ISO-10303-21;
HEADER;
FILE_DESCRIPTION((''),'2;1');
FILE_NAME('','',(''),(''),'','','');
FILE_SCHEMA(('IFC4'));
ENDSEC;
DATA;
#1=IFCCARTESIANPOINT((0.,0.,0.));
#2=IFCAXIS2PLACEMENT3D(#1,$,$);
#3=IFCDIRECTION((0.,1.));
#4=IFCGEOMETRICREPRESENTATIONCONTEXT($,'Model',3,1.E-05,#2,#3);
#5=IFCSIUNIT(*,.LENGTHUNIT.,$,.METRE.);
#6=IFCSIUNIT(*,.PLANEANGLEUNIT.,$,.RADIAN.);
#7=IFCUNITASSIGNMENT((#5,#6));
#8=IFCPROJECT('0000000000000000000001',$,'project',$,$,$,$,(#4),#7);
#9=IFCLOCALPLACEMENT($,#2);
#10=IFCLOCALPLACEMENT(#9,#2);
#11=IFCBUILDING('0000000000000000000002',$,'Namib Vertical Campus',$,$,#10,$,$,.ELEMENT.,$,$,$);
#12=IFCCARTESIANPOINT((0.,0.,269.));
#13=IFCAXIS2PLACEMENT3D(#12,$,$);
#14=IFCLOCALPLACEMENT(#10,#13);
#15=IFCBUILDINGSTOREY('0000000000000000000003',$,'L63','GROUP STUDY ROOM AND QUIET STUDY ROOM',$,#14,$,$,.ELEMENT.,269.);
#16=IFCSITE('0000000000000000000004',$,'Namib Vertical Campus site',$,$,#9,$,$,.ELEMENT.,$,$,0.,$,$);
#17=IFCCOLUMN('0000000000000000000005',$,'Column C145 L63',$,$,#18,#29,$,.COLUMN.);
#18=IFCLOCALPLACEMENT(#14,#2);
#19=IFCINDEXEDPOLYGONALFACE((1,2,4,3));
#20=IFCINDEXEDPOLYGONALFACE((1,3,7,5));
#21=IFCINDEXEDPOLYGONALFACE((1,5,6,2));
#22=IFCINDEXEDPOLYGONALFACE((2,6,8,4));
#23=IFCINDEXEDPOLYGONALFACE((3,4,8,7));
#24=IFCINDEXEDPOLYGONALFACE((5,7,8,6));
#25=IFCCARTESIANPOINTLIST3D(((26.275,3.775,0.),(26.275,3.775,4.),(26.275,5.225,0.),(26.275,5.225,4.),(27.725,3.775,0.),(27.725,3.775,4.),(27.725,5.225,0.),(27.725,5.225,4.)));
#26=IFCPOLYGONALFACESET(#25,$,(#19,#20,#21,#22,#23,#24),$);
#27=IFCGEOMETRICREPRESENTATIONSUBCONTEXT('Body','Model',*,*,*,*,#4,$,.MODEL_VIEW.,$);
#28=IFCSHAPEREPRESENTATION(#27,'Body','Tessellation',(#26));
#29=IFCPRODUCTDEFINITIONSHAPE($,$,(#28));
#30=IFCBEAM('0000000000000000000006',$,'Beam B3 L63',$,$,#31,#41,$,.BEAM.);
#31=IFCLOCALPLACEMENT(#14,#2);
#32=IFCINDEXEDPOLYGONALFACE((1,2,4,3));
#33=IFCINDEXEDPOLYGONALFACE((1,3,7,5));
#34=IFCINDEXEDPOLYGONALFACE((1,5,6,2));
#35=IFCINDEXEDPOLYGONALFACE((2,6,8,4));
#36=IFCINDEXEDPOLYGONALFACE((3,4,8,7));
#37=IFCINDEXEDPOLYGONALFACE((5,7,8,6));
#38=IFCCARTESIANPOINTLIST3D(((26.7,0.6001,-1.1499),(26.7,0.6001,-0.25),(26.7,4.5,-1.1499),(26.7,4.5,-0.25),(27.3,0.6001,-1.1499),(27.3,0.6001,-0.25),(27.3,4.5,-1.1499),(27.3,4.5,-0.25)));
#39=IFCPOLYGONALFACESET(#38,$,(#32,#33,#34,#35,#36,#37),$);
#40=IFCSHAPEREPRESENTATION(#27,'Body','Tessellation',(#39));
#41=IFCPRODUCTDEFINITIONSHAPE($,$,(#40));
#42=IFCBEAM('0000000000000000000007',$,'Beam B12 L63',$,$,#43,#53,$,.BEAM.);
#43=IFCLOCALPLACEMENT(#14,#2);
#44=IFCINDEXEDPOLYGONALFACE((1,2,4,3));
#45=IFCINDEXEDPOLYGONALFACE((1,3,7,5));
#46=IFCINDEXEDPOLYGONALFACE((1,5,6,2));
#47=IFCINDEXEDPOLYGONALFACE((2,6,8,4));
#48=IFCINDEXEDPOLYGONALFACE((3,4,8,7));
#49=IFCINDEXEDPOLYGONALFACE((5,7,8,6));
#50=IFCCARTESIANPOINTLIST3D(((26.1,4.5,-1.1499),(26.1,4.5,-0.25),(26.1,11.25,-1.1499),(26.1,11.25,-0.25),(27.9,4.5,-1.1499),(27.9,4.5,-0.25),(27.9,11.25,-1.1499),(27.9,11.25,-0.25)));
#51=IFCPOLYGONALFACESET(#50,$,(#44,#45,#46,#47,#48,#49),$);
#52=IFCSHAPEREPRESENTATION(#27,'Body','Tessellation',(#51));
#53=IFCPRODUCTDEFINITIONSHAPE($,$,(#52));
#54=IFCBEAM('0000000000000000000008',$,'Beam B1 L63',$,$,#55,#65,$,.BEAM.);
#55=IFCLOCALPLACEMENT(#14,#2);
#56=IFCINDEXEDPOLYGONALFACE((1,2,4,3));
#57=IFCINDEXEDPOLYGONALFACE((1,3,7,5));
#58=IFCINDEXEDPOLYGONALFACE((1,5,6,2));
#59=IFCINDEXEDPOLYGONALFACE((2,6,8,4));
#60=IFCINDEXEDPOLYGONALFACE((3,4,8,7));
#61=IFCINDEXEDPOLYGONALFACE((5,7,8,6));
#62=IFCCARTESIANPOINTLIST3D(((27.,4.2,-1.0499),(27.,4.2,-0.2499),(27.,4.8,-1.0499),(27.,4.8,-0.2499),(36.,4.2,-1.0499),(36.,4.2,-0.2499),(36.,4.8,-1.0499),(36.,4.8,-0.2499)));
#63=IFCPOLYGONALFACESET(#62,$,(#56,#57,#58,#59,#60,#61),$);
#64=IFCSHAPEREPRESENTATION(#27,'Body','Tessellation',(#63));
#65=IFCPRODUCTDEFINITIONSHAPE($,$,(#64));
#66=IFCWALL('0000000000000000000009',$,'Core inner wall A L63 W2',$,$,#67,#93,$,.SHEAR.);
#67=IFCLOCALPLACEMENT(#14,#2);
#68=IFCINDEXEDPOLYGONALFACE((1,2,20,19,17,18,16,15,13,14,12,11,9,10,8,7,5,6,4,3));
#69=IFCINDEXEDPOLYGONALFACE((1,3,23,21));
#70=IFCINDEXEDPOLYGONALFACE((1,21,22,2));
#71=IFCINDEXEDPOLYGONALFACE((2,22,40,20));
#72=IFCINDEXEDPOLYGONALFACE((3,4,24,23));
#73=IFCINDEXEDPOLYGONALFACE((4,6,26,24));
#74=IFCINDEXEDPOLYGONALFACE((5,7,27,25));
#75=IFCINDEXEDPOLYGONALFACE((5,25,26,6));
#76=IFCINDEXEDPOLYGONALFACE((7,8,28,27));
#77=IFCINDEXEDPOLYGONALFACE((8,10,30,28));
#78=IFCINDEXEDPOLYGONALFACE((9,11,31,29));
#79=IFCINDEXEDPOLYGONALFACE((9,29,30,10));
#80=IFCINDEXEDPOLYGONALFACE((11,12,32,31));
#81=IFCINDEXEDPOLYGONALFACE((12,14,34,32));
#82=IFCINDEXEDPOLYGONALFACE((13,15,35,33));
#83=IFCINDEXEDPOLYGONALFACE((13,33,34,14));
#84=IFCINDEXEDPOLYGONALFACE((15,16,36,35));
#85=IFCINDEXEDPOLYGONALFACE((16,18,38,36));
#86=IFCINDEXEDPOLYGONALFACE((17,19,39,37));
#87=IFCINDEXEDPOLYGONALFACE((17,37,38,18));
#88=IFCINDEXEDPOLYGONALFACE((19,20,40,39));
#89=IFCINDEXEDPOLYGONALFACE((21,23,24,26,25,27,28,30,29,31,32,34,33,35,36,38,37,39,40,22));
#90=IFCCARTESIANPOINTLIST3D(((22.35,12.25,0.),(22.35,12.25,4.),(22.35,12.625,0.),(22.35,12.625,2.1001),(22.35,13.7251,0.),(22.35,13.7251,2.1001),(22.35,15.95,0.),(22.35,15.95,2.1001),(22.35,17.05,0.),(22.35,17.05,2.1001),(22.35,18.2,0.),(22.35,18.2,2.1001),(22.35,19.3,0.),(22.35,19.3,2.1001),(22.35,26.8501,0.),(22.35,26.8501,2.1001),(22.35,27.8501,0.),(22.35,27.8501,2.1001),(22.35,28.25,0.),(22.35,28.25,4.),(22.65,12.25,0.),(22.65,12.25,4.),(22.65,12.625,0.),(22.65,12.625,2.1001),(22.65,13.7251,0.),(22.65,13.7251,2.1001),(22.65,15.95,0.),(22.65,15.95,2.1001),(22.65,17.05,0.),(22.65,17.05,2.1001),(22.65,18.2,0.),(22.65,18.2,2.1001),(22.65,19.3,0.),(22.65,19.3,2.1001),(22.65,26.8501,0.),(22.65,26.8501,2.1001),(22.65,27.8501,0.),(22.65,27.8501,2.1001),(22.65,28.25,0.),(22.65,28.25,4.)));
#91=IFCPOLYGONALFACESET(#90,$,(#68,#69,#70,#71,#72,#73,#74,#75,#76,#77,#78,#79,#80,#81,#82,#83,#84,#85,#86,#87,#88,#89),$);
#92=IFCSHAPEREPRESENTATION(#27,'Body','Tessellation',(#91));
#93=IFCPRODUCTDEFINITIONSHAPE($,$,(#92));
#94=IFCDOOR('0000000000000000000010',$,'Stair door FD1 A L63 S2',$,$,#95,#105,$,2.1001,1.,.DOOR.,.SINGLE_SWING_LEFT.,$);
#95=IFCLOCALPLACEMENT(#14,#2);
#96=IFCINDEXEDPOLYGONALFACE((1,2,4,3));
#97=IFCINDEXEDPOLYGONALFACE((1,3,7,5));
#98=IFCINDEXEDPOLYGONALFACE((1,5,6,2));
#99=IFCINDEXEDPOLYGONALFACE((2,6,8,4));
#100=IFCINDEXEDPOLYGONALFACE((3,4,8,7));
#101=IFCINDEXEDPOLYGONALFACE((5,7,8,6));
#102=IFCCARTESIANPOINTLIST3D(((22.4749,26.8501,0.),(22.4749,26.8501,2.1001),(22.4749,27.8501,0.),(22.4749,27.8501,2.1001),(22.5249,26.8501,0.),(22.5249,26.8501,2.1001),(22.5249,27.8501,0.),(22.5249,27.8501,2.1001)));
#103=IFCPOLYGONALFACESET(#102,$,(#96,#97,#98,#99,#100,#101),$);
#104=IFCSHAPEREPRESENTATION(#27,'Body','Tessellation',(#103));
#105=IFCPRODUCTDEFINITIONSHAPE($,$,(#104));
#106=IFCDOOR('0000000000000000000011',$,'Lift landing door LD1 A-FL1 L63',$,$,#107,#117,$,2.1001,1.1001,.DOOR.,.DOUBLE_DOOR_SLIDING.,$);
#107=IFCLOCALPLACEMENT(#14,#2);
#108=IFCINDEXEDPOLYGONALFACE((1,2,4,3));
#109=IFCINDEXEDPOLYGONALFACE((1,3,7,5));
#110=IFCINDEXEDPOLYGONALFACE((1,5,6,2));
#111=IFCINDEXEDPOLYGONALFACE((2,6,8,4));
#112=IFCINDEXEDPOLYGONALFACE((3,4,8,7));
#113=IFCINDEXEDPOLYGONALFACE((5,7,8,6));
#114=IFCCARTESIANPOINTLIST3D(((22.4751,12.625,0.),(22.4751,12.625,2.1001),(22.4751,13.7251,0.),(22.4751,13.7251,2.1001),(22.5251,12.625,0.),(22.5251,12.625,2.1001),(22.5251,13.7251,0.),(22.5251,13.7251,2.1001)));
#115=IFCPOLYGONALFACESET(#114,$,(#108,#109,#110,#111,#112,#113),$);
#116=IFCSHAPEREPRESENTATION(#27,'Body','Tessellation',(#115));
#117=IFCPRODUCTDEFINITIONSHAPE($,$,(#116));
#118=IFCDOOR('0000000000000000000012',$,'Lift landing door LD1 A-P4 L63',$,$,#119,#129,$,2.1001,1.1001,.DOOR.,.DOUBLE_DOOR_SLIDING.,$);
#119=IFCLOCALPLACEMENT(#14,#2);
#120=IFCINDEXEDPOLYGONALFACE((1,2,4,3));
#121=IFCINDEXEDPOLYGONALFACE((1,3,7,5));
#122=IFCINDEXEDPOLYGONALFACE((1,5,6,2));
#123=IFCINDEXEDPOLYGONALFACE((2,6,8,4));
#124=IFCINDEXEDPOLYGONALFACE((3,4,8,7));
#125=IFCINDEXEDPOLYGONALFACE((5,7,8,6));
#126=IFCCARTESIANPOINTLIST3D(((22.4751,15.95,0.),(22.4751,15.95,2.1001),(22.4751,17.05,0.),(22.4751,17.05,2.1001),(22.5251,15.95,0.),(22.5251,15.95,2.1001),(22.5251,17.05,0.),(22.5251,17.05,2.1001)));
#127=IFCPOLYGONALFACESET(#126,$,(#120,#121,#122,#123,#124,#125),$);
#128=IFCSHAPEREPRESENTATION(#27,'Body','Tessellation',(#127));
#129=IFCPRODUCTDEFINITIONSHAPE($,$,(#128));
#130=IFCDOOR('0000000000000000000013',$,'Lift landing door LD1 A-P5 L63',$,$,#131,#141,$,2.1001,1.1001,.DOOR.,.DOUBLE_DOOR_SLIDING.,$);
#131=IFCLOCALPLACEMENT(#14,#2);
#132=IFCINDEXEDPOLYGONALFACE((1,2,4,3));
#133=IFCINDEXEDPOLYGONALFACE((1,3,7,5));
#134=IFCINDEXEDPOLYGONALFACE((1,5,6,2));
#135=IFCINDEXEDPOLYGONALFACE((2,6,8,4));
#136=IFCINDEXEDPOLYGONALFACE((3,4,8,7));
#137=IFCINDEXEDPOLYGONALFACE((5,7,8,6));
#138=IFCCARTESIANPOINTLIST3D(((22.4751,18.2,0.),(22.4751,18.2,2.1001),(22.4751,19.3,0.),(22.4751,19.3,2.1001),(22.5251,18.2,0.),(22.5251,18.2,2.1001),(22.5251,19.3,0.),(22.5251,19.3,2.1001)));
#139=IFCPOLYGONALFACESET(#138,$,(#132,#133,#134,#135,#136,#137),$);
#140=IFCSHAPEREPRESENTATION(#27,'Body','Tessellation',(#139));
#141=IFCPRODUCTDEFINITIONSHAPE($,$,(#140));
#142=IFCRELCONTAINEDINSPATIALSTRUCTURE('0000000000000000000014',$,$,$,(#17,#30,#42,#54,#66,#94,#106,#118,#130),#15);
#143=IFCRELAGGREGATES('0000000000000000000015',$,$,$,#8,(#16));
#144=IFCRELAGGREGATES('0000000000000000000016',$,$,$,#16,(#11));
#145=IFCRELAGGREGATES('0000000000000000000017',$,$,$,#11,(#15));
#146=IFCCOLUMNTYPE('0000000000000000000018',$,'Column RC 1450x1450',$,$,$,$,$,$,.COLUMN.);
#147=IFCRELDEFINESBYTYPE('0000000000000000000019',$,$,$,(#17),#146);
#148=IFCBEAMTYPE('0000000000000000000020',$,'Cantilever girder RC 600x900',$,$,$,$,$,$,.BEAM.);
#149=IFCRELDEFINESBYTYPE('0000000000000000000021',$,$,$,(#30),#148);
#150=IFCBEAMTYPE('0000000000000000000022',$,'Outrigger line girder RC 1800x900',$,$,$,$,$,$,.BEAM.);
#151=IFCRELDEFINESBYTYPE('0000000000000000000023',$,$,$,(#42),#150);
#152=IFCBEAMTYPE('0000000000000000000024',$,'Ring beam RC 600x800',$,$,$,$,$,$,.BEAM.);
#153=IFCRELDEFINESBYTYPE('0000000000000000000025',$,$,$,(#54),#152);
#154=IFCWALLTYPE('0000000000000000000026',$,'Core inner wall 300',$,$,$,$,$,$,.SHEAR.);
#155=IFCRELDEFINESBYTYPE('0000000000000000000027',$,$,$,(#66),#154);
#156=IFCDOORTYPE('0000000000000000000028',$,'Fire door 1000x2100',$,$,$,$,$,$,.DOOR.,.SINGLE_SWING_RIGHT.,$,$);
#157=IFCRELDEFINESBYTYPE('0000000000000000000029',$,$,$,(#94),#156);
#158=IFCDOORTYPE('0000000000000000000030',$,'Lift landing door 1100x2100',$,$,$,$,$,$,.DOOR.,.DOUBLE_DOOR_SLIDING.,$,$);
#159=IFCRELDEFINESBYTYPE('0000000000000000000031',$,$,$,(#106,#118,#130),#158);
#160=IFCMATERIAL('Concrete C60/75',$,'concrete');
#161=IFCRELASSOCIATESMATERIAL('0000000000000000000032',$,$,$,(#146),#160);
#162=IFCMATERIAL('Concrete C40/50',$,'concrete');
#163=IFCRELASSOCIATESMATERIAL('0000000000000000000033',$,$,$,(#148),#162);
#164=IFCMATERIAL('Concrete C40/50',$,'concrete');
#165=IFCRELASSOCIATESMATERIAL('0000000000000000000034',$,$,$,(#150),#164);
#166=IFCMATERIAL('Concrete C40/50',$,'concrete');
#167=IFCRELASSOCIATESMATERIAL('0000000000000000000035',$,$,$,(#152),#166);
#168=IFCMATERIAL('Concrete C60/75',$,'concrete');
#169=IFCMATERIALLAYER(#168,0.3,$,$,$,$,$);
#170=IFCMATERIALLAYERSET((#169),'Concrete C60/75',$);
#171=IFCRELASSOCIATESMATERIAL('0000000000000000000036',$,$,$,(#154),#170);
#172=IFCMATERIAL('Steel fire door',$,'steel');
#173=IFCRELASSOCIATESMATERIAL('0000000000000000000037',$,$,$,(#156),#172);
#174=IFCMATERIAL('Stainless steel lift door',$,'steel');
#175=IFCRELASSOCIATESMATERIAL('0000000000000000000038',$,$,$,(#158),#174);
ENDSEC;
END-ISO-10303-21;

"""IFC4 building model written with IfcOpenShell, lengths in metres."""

from ifc_helpers import new_model, si_unit, direction, frame, frame_2d, origin, origin_2d, place, context, subcontext, project, spatial, rectangle, extrude, material, layer, layer_set, material_profile, profile_set, type_object, element, fill, save


model = new_model("IFC4")

# Units and contexts
model_context = context("Model", 3, precision=1e-05, world=origin(), true_north=direction((0.0, 1.0)))
body_context = subcontext(model_context, "Body", "Model", "MODEL_VIEW")
ifc_project = project(units=[si_unit("LENGTHUNIT", "METRE"), si_unit("PLANEANGLEUNIT", "RADIAN")], contexts=[model_context])

# Site, building, storey
site_placement = place(None, origin())
site = spatial("IfcSite", under=ifc_project, at=site_placement, Name="Namib Vertical Campus site", CompositionType="ELEMENT", RefElevation=0.0)
building_placement = place(site_placement, origin())
building = spatial("IfcBuilding", under=site, at=building_placement, Name="Namib Vertical Campus", CompositionType="ELEMENT")
storey_placement = place(building_placement, frame((0.0, 0.0, 269.0)))
storey = spatial("IfcBuildingStorey", under=building, at=storey_placement, Name="L63", Description="GROUP STUDY ROOM AND QUIET STUDY ROOM", CompositionType="ELEMENT", Elevation=269.0)

# Column
ifc_material_1 = material(Name="Concrete C60/75", Category="concrete")
ifc_material_profile_1 = material_profile(ifc_material_1, rectangle(XDim=1.45, YDim=1.45, at=origin_2d()))
ifc_profile_set_1 = profile_set([ifc_material_profile_1], Name="Concrete C60/75")
column_type = type_object("IfcColumnType", Name="Column RC 1450x1450", PredefinedType="COLUMN", material=ifc_profile_set_1)
column_placement = place(storey_placement, frame((27.0, 4.5, 0.0), z_axis=(0.0, 0.0, 1.0), x_axis=(1.0, 0.0, 0.0)))
element("IfcColumn", 1, at=column_placement, inside=storey, type_object=column_type, Name="Column C145 L63", PredefinedType="COLUMN", context=body_context, shape_type="SweptSolid", body=[
    extrude(rectangle(XDim=1.45, YDim=1.45, at=origin_2d()), origin(), (0.0, 0.0, 1.0), 4.0),
])

# Beams
ifc_material_2 = material(Name="Concrete C40/50", Category="concrete")
ifc_material_profile_2 = material_profile(ifc_material_2, rectangle(XDim=0.6001, YDim=0.8999, at=origin_2d()))
ifc_profile_set_2 = profile_set([ifc_material_profile_2], Name="Concrete C40/50")
beam_type_1 = type_object("IfcBeamType", Name="Cantilever girder RC 600x900", PredefinedType="BEAM", material=ifc_profile_set_2)
beam_1_placement = place(storey_placement, frame((27.0, 4.5, -0.7), z_axis=(0.0, -1.0, 0.0), x_axis=(1.0, 0.0, 0.0)))
element("IfcBeam", 2, at=beam_1_placement, inside=storey, type_object=beam_type_1, Name="Beam B3 L63", PredefinedType="BEAM", context=body_context, shape_type="SweptSolid", body=[
    extrude(rectangle(XDim=0.6001, YDim=0.8999, at=origin_2d()), origin(), (0.0, 0.0, 1.0), 3.8999),
])
ifc_material_3 = material(Name="Concrete C40/50", Category="concrete")
ifc_material_profile_3 = material_profile(ifc_material_3, rectangle(XDim=1.8, YDim=0.8999, at=origin_2d()))
ifc_profile_set_3 = profile_set([ifc_material_profile_3], Name="Concrete C40/50")
beam_type_2 = type_object("IfcBeamType", Name="Outrigger line girder RC 1800x900", PredefinedType="BEAM", material=ifc_profile_set_3)
beam_2_placement = place(storey_placement, frame((27.0, 4.5, -0.7), z_axis=(0.0, 1.0, 0.0), x_axis=(-1.0, 0.0, 0.0)))
element("IfcBeam", 3, at=beam_2_placement, inside=storey, type_object=beam_type_2, Name="Beam B12 L63", PredefinedType="BEAM", context=body_context, shape_type="SweptSolid", body=[
    extrude(rectangle(XDim=1.8, YDim=0.8999, at=origin_2d()), origin(), (0.0, 0.0, 1.0), 6.75),
])
ifc_material_4 = material(Name="Concrete C40/50", Category="concrete")
ifc_material_profile_4 = material_profile(ifc_material_4, rectangle(XDim=0.6001, YDim=0.8, at=origin_2d()))
ifc_profile_set_4 = profile_set([ifc_material_profile_4], Name="Concrete C40/50")
beam_type_3 = type_object("IfcBeamType", Name="Ring beam RC 600x800", PredefinedType="BEAM", material=ifc_profile_set_4)
beam_3_placement = place(storey_placement, frame((27.0, 4.5, -0.6499), z_axis=(1.0, 0.0, 0.0), x_axis=(0.0, 1.0, 0.0)))
element("IfcBeam", 4, at=beam_3_placement, inside=storey, type_object=beam_type_3, Name="Beam B1 L63", PredefinedType="BEAM", context=body_context, shape_type="SweptSolid", body=[
    extrude(rectangle(XDim=0.6001, YDim=0.8, at=origin_2d()), origin(), (0.0, 0.0, 1.0), 9.0),
])

# Wall, openings, doors
ifc_material_5 = material(Name="Concrete C60/75", Category="concrete")
ifc_layer_1 = layer(ifc_material_5, 0.3)
ifc_layer_set_1 = layer_set([ifc_layer_1], Name="Concrete C60/75")
wall_type_1 = type_object("IfcWallType", Name="Core inner wall 300", PredefinedType="SHEAR", material=ifc_layer_set_1)
wall_1_placement = place(storey_placement, frame((22.5, 12.25, 0.0), z_axis=(0.0, 0.0, 1.0), x_axis=(0.0, 1.0, 0.0)))
wall_1 = element("IfcWall", 5, at=wall_1_placement, inside=storey, type_object=wall_type_1, Name="Core inner wall A L63 W2", PredefinedType="SHEAR", context=body_context, shape_type="SweptSolid", body=[
    extrude(rectangle(XDim=16.0, YDim=0.3, at=frame_2d((8.0, 0.0))), origin(), (0.0, 0.0, 1.0), 4.0),
])
opening_1_placement = place(wall_1_placement, frame((14.6001, 0.0, 0.0)))
opening_1 = element("IfcOpeningElement", 6, at=opening_1_placement, cuts=wall_1, PredefinedType="OPENING", context=body_context, shape_type="SweptSolid", body=[
    extrude(rectangle(XDim=1.0, YDim=2.1001, at=frame_2d((0.5, 1.05))), frame((0.0, 0.1599, 0.0), z_axis=(0.0, -1.0, 0.0), x_axis=(1.0, 0.0, 0.0)), (0.0, 0.0, 1.0), 0.3201),
])
opening_2_placement = place(wall_1_placement, frame((0.375, 0.0, 0.0)))
opening_2 = element("IfcOpeningElement", 7, at=opening_2_placement, cuts=wall_1, PredefinedType="OPENING", context=body_context, shape_type="SweptSolid", body=[
    extrude(rectangle(XDim=1.1001, YDim=2.1001, at=frame_2d((0.55, 1.05))), frame((0.0, 0.1599, 0.0), z_axis=(0.0, -1.0, 0.0), x_axis=(1.0, 0.0, 0.0)), (0.0, 0.0, 1.0), 0.3201),
])
opening_3_placement = place(wall_1_placement, frame((3.7, 0.0, 0.0)))
opening_3 = element("IfcOpeningElement", 8, at=opening_3_placement, cuts=wall_1, PredefinedType="OPENING", context=body_context, shape_type="SweptSolid", body=[
    extrude(rectangle(XDim=1.1001, YDim=2.1001, at=frame_2d((0.55, 1.05))), frame((0.0, 0.1599, 0.0), z_axis=(0.0, -1.0, 0.0), x_axis=(1.0, 0.0, 0.0)), (0.0, 0.0, 1.0), 0.3201),
])
opening_4_placement = place(wall_1_placement, frame((5.95, 0.0, 0.0)))
opening_4 = element("IfcOpeningElement", 9, at=opening_4_placement, cuts=wall_1, PredefinedType="OPENING", context=body_context, shape_type="SweptSolid", body=[
    extrude(rectangle(XDim=1.1001, YDim=2.1001, at=frame_2d((0.55, 1.05))), frame((0.0, 0.1599, 0.0), z_axis=(0.0, -1.0, 0.0), x_axis=(1.0, 0.0, 0.0)), (0.0, 0.0, 1.0), 0.3201),
])
ifc_material_6 = material(Name="Steel fire door", Category="steel")
door_type_1 = type_object("IfcDoorType", Name="Fire door 1000x2100", OperationType="SINGLE_SWING_RIGHT", PredefinedType="DOOR", material=ifc_material_6)
door_1_placement = place(opening_1_placement, frame((1.0, 0.0, 0.0), z_axis=(0.0, 0.0, 1.0), x_axis=(-1.0, 0.0, 0.0)))
door_1 = element("IfcDoor", 10, at=door_1_placement, inside=storey, type_object=door_type_1, Name="Stair door FD1 A L63 S2", OperationType="SINGLE_SWING_LEFT", OverallHeight=2.1001, OverallWidth=1.0, PredefinedType="DOOR", context=body_context, shape_type="SweptSolid", body=[
    extrude(rectangle(XDim=1.0, YDim=2.1001, at=frame_2d((0.5, 1.05))), frame((0.0, 0.0249, 0.0), z_axis=(0.0, -1.0, 0.0), x_axis=(1.0, 0.0, 0.0)), (0.0, 0.0, 1.0), 0.05),
])
fill(opening_1, door_1)
ifc_material_7 = material(Name="Stainless steel lift door", Category="steel")
door_type_2 = type_object("IfcDoorType", Name="Lift landing door 1100x2100", OperationType="DOUBLE_DOOR_SLIDING", PredefinedType="DOOR", material=ifc_material_7)
door_2_placement = place(opening_2_placement, origin())
door_2 = element("IfcDoor", 11, at=door_2_placement, inside=storey, type_object=door_type_2, Name="Lift landing door LD1 A-FL1 L63", OperationType="DOUBLE_DOOR_SLIDING", OverallHeight=2.1001, OverallWidth=1.1001, PredefinedType="DOOR", context=body_context, shape_type="SweptSolid", body=[
    extrude(rectangle(XDim=1.1001, YDim=2.1001, at=frame_2d((0.55, 1.05))), frame((0.0, 0.0249, 0.0), z_axis=(0.0, -1.0, 0.0), x_axis=(1.0, 0.0, 0.0)), (0.0, 0.0, 1.0), 0.05),
])
fill(opening_2, door_2)
door_3_placement = place(opening_3_placement, origin())
door_3 = element("IfcDoor", 12, at=door_3_placement, inside=storey, type_object=door_type_2, Name="Lift landing door LD1 A-P4 L63", OperationType="DOUBLE_DOOR_SLIDING", OverallHeight=2.1001, OverallWidth=1.1001, PredefinedType="DOOR", context=body_context, shape_type="SweptSolid", body=[
    extrude(rectangle(XDim=1.1001, YDim=2.1001, at=frame_2d((0.55, 1.05))), frame((0.0, 0.0249, 0.0), z_axis=(0.0, -1.0, 0.0), x_axis=(1.0, 0.0, 0.0)), (0.0, 0.0, 1.0), 0.05),
])
fill(opening_3, door_3)
door_4_placement = place(opening_4_placement, origin())
door_4 = element("IfcDoor", 13, at=door_4_placement, inside=storey, type_object=door_type_2, Name="Lift landing door LD1 A-P5 L63", OperationType="DOUBLE_DOOR_SLIDING", OverallHeight=2.1001, OverallWidth=1.1001, PredefinedType="DOOR", context=body_context, shape_type="SweptSolid", body=[
    extrude(rectangle(XDim=1.1001, YDim=2.1001, at=frame_2d((0.55, 1.05))), frame((0.0, 0.0249, 0.0), z_axis=(0.0, -1.0, 0.0), x_axis=(1.0, 0.0, 0.0)), (0.0, 0.0, 1.0), 0.05),
])
fill(opening_4, door_4)

save(model, "model.ifc")
